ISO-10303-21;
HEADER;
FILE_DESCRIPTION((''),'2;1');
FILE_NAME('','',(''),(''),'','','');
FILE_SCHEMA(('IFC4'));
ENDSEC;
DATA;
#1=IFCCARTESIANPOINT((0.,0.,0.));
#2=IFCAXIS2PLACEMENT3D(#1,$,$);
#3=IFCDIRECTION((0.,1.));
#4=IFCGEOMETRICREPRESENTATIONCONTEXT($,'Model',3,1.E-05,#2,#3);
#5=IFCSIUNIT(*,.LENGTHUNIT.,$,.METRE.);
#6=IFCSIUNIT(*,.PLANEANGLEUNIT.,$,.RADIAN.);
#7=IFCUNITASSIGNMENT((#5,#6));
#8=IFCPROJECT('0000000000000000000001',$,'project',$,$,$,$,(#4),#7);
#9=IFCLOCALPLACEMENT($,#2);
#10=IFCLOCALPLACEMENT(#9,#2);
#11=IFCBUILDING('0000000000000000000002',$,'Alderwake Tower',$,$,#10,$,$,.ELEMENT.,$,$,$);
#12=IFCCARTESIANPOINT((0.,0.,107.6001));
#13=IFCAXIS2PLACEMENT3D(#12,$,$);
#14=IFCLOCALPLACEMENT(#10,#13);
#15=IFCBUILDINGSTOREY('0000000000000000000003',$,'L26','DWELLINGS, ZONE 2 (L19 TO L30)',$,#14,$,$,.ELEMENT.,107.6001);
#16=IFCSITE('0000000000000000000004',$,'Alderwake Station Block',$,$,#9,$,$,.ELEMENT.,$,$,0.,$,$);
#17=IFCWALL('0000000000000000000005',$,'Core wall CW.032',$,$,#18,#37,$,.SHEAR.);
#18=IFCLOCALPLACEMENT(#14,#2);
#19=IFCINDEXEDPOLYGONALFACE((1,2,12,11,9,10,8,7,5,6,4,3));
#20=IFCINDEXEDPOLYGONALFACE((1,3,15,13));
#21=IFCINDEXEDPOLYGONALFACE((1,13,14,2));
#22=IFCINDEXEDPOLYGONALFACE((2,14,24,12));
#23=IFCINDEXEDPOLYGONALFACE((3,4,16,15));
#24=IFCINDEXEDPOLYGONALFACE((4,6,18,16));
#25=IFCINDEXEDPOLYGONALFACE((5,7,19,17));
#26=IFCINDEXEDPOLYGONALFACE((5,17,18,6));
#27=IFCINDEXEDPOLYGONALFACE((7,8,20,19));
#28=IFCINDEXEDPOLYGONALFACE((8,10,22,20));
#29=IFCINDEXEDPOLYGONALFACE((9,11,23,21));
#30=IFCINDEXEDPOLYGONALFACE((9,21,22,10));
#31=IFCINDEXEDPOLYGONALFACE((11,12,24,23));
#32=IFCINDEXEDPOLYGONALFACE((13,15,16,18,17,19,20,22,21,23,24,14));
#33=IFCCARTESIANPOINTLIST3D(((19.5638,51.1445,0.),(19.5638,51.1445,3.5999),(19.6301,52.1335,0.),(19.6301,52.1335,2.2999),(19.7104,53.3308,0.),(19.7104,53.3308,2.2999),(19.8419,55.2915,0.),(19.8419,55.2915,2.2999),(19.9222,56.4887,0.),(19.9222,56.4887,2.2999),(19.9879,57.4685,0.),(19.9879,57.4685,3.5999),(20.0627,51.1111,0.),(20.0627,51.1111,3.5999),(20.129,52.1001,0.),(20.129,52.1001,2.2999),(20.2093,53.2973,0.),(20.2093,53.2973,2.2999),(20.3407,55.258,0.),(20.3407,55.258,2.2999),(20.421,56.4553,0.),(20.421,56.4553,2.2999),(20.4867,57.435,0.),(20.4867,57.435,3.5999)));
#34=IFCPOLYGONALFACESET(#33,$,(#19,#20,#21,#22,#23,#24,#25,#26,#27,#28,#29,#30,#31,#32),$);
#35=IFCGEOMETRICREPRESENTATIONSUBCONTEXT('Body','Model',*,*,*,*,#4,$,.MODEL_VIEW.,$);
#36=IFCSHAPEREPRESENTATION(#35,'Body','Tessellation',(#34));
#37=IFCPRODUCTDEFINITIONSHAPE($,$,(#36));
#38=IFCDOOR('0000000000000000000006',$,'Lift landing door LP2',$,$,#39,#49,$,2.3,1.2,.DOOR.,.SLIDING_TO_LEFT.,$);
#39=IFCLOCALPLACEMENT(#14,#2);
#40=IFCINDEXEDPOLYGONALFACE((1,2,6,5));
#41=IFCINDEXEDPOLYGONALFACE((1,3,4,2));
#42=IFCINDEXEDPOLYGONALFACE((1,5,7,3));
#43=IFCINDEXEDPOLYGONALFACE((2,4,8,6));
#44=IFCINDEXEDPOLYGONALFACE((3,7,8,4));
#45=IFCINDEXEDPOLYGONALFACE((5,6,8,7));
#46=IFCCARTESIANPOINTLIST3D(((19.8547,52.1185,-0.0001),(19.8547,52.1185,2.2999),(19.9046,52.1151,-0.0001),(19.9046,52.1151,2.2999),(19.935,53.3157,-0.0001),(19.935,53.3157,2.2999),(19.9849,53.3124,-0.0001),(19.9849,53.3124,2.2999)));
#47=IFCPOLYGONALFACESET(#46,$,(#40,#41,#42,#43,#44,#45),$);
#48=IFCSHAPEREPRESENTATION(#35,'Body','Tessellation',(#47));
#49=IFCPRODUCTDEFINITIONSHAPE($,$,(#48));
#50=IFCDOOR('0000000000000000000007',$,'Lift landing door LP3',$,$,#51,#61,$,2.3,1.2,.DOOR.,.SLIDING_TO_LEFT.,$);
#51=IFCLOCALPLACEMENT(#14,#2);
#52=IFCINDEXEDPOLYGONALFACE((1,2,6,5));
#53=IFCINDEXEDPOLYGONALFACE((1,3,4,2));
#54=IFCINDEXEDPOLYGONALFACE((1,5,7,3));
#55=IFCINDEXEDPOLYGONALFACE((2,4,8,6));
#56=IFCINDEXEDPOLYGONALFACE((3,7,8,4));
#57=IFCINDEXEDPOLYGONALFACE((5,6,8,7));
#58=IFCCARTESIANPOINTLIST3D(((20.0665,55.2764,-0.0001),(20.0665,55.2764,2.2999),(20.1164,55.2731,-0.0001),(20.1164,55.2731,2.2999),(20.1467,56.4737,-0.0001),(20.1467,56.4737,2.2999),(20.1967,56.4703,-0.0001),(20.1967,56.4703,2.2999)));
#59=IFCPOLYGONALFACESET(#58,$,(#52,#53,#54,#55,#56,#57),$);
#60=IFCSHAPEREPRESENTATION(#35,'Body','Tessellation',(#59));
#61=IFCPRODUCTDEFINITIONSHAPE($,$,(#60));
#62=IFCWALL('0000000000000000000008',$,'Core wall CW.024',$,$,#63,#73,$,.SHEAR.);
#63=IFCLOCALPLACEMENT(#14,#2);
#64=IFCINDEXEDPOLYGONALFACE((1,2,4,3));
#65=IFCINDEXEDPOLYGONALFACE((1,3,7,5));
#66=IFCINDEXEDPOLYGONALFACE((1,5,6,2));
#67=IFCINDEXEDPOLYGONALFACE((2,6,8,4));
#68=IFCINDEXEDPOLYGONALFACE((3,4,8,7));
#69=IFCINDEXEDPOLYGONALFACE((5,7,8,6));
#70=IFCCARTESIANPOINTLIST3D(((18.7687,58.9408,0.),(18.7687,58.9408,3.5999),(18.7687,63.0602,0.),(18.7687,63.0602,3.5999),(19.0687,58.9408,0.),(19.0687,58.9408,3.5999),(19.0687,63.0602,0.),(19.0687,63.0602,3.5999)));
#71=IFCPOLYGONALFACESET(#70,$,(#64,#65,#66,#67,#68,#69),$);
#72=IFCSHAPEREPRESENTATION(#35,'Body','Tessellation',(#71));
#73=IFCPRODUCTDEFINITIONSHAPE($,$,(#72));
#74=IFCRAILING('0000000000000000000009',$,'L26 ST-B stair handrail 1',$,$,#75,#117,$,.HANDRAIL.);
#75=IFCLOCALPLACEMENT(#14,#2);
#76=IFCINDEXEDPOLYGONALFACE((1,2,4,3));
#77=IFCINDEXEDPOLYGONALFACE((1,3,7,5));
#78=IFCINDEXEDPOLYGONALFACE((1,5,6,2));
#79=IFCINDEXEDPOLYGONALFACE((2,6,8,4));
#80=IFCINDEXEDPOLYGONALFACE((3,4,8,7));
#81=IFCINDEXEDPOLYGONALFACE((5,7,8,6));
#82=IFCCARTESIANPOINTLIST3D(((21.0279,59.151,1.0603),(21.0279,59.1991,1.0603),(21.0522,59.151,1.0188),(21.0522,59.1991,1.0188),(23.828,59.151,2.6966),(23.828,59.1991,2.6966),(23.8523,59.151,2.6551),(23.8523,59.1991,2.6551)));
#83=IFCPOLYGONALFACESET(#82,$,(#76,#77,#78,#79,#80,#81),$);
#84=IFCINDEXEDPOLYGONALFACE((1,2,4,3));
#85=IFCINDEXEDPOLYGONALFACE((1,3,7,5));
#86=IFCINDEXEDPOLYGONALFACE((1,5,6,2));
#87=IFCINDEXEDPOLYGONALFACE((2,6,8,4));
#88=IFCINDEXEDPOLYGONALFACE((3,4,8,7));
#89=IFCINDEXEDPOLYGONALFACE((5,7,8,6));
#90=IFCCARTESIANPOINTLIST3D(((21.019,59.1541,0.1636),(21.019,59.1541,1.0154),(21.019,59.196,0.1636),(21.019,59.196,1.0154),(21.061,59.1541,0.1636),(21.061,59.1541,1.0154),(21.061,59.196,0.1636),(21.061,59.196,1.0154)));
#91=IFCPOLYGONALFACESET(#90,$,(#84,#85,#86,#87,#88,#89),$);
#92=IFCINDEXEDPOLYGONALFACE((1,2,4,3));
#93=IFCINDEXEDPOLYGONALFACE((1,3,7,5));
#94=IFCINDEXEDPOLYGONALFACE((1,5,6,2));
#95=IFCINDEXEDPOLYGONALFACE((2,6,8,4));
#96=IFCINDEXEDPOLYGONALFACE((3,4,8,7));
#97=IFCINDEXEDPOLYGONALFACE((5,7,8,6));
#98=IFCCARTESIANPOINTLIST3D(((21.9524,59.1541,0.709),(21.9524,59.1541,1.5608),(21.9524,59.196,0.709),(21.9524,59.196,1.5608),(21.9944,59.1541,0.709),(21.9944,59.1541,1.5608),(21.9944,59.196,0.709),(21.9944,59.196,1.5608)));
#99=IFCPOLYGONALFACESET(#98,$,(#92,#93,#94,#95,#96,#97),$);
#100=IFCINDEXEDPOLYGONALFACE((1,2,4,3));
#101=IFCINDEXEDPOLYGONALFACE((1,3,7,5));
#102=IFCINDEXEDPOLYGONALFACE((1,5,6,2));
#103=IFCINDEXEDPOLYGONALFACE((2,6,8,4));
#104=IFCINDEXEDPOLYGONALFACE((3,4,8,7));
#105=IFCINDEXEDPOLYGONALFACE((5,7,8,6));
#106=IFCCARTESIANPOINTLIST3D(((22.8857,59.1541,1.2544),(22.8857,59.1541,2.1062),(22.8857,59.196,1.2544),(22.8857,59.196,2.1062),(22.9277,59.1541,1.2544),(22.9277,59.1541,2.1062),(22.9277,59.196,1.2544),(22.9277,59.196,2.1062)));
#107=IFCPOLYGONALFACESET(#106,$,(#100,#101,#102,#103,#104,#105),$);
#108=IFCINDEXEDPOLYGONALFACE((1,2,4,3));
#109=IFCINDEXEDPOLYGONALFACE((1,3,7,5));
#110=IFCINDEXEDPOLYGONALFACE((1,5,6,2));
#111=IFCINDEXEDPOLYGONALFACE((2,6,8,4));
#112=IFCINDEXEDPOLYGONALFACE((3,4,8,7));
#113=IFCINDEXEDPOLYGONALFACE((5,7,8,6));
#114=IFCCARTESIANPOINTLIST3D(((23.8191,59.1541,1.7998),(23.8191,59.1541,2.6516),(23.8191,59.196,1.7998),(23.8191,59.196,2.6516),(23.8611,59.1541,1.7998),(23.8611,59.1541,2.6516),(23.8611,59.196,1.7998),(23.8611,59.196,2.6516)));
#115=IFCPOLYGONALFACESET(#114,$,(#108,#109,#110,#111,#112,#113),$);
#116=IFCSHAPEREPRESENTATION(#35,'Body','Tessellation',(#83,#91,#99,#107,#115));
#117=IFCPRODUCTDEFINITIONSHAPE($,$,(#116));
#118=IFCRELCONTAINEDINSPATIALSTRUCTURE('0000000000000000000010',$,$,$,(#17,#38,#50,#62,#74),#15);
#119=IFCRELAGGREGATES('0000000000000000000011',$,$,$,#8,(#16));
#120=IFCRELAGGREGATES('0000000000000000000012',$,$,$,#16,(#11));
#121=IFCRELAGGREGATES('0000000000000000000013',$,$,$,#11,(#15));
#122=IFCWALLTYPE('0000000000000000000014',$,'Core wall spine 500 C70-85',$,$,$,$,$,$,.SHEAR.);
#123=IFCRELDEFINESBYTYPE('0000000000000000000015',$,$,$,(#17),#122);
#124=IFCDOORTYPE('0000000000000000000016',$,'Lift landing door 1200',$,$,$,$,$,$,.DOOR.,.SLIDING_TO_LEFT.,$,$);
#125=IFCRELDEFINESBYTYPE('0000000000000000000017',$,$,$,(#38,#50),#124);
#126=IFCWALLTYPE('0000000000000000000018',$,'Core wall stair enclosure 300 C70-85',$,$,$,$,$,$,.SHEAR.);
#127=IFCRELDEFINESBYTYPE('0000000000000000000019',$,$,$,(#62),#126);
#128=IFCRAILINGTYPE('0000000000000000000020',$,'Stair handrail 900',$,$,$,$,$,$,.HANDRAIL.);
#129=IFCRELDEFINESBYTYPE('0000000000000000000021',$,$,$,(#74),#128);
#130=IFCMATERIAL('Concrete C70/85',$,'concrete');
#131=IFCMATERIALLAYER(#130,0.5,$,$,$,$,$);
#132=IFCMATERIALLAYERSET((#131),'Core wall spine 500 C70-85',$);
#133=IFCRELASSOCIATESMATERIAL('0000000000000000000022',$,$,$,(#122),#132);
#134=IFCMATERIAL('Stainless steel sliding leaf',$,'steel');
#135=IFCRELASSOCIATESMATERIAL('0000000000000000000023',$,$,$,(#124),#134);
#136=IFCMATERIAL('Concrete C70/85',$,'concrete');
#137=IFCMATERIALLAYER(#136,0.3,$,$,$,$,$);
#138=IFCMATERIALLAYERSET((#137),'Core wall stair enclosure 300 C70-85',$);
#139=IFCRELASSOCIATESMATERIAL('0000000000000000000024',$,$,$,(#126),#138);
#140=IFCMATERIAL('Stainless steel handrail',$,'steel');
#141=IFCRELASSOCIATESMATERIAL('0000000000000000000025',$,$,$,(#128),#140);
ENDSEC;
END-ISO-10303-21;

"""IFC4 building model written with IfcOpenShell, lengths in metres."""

from ifc_helpers import new_model, si_unit, direction, frame, frame_2d, origin, origin_with_axes, origin_2d, place, context, subcontext, project, spatial, rectangle, extrude, material, layer, layer_set, type_object, element, fill, save


model = new_model("IFC4")

# Units and contexts
model_context = context("Model", 3, precision=1e-05, world=origin(), true_north=direction((0.0, 1.0)))
body_context = subcontext(model_context, "Body", "Model", "MODEL_VIEW")
ifc_project = project(units=[si_unit("LENGTHUNIT", "METRE"), si_unit("PLANEANGLEUNIT", "RADIAN")], contexts=[model_context])

# Site, building, storey
site_placement = place(None, origin())
site = spatial("IfcSite", under=ifc_project, at=site_placement, Name="Alderwake Station Block", CompositionType="ELEMENT", RefElevation=0.0)
building_placement = place(site_placement, origin())
building = spatial("IfcBuilding", under=site, at=building_placement, Name="Alderwake Tower", CompositionType="ELEMENT")
storey_placement = place(building_placement, frame((0.0, 0.0, 107.6001)))
storey = spatial("IfcBuildingStorey", under=building, at=storey_placement, Name="L26", Description="DWELLINGS, ZONE 2 (L19 TO L30)", CompositionType="ELEMENT", Elevation=107.6001)

# Wall, openings, doors
ifc_material_1 = material(Name="Concrete C70/85", Category="concrete")
ifc_layer_1 = layer(ifc_material_1, 0.5)
ifc_layer_set_1 = layer_set([ifc_layer_1], Name="Core wall spine 500 C70-85")
wall_type_1 = type_object("IfcWallType", Name="Core wall spine 500 C70-85", PredefinedType="SHEAR", material=ifc_layer_set_1)
ifc_material_2 = material(Name="Stainless steel sliding leaf", Category="steel")
door_type_1 = type_object("IfcDoorType", Name="Lift landing door 1200", OperationType="SLIDING_TO_LEFT", PredefinedType="DOOR", material=ifc_material_2)
wall_1_placement = place(storey_placement, frame((19.8132, 51.1279, 0.0), z_axis=(0.0, 0.0, 1.0), x_axis=(0.066908, 0.997759, 0.0)))
wall_1 = element("IfcWall", 1, at=wall_1_placement, inside=storey, type_object=wall_type_1, Name="Core wall CW.032", PredefinedType="SHEAR", context=body_context, shape_type="SweptSolid", body=[
    extrude(rectangle(XDim=6.3381, YDim=0.5, at=frame_2d((3.1689, 0.0))), origin(), (0.0, 0.0, 1.0), 3.5999),
])
opening_1_placement = place(wall_1_placement, frame((0.991, 0.0, 0.0)))
opening_1 = element("IfcOpeningElement", 2, at=opening_1_placement, cuts=wall_1, PredefinedType="OPENING", context=body_context, shape_type="SweptSolid", body=[
    extrude(rectangle(XDim=1.2, YDim=2.3, at=frame_2d((0.6001, 1.1499))), frame((0.0, 0.26, 0.0), z_axis=(0.0, -1.0, 0.0), x_axis=(1.0, 0.0, 0.0)), (0.0, 0.0, 1.0), 0.52),
])
opening_2_placement = place(wall_1_placement, frame((4.156, 0.0, 0.0)))
opening_2 = element("IfcOpeningElement", 3, at=opening_2_placement, cuts=wall_1, PredefinedType="OPENING", context=body_context, shape_type="SweptSolid", body=[
    extrude(rectangle(XDim=1.2, YDim=2.3, at=frame_2d((0.6001, 1.1499))), frame((0.0, 0.26, 0.0), z_axis=(0.0, -1.0, 0.0), x_axis=(1.0, 0.0, 0.0)), (0.0, 0.0, 1.0), 0.52),
])
door_1_placement = place(opening_1_placement, origin())
door_1 = element("IfcDoor", 4, at=door_1_placement, inside=storey, type_object=door_type_1, Name="Lift landing door LP2", OperationType="SLIDING_TO_LEFT", OverallHeight=2.3, OverallWidth=1.2, PredefinedType="DOOR", context=body_context, shape_type="SweptSolid", body=[
    extrude(rectangle(XDim=1.2, YDim=2.3, at=frame_2d((0.6001, 1.1499))), frame((0.0, 0.0249, 0.0), z_axis=(0.0, -1.0, 0.0), x_axis=(1.0, 0.0, 0.0)), (0.0, 0.0, 1.0), 0.05),
])
fill(opening_1, door_1)
door_2_placement = place(opening_2_placement, origin())
door_2 = element("IfcDoor", 5, at=door_2_placement, inside=storey, type_object=door_type_1, Name="Lift landing door LP3", OperationType="SLIDING_TO_LEFT", OverallHeight=2.3, OverallWidth=1.2, PredefinedType="DOOR", context=body_context, shape_type="SweptSolid", body=[
    extrude(rectangle(XDim=1.2, YDim=2.3, at=frame_2d((0.6001, 1.1499))), frame((0.0, 0.0249, 0.0), z_axis=(0.0, -1.0, 0.0), x_axis=(1.0, 0.0, 0.0)), (0.0, 0.0, 1.0), 0.05),
])
fill(opening_2, door_2)

# Wall
ifc_material_3 = material(Name="Concrete C70/85", Category="concrete")
ifc_layer_2 = layer(ifc_material_3, 0.3)
ifc_layer_set_2 = layer_set([ifc_layer_2], Name="Core wall stair enclosure 300 C70-85")
wall_type_2 = type_object("IfcWallType", Name="Core wall stair enclosure 300 C70-85", PredefinedType="SHEAR", material=ifc_layer_set_2)
wall_2_placement = place(storey_placement, frame((18.9187, 58.9409, 0.0), z_axis=(0.0, 0.0, 1.0), x_axis=(0.0, 1.0, 0.0)))
element("IfcWall", 6, at=wall_2_placement, inside=storey, type_object=wall_type_2, Name="Core wall CW.024", PredefinedType="SHEAR", context=body_context, shape_type="SweptSolid", body=[
    extrude(rectangle(XDim=4.1194, YDim=0.3, at=frame_2d((2.0596, 0.0))), origin(), (0.0, 0.0, 1.0), 3.5999),
])

# Railing
ifc_material_4 = material(Name="Stainless steel handrail", Category="steel")
railing_type = type_object("IfcRailingType", Name="Stair handrail 900", PredefinedType="HANDRAIL", material=ifc_material_4)
railing_placement = place(storey_placement, frame((21.04, 59.175, 0.1636)))
element("IfcRailing", 7, at=railing_placement, inside=storey, type_object=railing_type, Name="L26 ST-B stair handrail 1", PredefinedType="HANDRAIL", context=body_context, shape_type="SweptSolid", body=[
    extrude(rectangle(XDim=0.0481, YDim=0.0481, at=origin_2d()), frame((0.0, 0.0, 0.876), z_axis=(0.863394, 0.0, 0.504531), x_axis=(0.0, 1.0, 0.0)), (0.0, 0.0, 1.0), 3.2432),
    extrude(rectangle(XDim=0.042, YDim=0.042, at=origin_2d()), origin_with_axes(), (0.0, 0.0, 1.0), 0.8518),
    extrude(rectangle(XDim=0.042, YDim=0.042, at=origin_2d()), frame((0.9333, 0.0, 0.5454), z_axis=(0.0, 0.0, 1.0), x_axis=(1.0, 0.0, 0.0)), (0.0, 0.0, 1.0), 0.8518),
    extrude(rectangle(XDim=0.042, YDim=0.042, at=origin_2d()), frame((1.8667, 0.0, 1.0908), z_axis=(0.0, 0.0, 1.0), x_axis=(1.0, 0.0, 0.0)), (0.0, 0.0, 1.0), 0.8518),
    extrude(rectangle(XDim=0.042, YDim=0.042, at=origin_2d()), frame((2.8, 0.0, 1.6362), z_axis=(0.0, 0.0, 1.0), x_axis=(1.0, 0.0, 0.0)), (0.0, 0.0, 1.0), 0.8518),
])

save(model, "model.ifc")
